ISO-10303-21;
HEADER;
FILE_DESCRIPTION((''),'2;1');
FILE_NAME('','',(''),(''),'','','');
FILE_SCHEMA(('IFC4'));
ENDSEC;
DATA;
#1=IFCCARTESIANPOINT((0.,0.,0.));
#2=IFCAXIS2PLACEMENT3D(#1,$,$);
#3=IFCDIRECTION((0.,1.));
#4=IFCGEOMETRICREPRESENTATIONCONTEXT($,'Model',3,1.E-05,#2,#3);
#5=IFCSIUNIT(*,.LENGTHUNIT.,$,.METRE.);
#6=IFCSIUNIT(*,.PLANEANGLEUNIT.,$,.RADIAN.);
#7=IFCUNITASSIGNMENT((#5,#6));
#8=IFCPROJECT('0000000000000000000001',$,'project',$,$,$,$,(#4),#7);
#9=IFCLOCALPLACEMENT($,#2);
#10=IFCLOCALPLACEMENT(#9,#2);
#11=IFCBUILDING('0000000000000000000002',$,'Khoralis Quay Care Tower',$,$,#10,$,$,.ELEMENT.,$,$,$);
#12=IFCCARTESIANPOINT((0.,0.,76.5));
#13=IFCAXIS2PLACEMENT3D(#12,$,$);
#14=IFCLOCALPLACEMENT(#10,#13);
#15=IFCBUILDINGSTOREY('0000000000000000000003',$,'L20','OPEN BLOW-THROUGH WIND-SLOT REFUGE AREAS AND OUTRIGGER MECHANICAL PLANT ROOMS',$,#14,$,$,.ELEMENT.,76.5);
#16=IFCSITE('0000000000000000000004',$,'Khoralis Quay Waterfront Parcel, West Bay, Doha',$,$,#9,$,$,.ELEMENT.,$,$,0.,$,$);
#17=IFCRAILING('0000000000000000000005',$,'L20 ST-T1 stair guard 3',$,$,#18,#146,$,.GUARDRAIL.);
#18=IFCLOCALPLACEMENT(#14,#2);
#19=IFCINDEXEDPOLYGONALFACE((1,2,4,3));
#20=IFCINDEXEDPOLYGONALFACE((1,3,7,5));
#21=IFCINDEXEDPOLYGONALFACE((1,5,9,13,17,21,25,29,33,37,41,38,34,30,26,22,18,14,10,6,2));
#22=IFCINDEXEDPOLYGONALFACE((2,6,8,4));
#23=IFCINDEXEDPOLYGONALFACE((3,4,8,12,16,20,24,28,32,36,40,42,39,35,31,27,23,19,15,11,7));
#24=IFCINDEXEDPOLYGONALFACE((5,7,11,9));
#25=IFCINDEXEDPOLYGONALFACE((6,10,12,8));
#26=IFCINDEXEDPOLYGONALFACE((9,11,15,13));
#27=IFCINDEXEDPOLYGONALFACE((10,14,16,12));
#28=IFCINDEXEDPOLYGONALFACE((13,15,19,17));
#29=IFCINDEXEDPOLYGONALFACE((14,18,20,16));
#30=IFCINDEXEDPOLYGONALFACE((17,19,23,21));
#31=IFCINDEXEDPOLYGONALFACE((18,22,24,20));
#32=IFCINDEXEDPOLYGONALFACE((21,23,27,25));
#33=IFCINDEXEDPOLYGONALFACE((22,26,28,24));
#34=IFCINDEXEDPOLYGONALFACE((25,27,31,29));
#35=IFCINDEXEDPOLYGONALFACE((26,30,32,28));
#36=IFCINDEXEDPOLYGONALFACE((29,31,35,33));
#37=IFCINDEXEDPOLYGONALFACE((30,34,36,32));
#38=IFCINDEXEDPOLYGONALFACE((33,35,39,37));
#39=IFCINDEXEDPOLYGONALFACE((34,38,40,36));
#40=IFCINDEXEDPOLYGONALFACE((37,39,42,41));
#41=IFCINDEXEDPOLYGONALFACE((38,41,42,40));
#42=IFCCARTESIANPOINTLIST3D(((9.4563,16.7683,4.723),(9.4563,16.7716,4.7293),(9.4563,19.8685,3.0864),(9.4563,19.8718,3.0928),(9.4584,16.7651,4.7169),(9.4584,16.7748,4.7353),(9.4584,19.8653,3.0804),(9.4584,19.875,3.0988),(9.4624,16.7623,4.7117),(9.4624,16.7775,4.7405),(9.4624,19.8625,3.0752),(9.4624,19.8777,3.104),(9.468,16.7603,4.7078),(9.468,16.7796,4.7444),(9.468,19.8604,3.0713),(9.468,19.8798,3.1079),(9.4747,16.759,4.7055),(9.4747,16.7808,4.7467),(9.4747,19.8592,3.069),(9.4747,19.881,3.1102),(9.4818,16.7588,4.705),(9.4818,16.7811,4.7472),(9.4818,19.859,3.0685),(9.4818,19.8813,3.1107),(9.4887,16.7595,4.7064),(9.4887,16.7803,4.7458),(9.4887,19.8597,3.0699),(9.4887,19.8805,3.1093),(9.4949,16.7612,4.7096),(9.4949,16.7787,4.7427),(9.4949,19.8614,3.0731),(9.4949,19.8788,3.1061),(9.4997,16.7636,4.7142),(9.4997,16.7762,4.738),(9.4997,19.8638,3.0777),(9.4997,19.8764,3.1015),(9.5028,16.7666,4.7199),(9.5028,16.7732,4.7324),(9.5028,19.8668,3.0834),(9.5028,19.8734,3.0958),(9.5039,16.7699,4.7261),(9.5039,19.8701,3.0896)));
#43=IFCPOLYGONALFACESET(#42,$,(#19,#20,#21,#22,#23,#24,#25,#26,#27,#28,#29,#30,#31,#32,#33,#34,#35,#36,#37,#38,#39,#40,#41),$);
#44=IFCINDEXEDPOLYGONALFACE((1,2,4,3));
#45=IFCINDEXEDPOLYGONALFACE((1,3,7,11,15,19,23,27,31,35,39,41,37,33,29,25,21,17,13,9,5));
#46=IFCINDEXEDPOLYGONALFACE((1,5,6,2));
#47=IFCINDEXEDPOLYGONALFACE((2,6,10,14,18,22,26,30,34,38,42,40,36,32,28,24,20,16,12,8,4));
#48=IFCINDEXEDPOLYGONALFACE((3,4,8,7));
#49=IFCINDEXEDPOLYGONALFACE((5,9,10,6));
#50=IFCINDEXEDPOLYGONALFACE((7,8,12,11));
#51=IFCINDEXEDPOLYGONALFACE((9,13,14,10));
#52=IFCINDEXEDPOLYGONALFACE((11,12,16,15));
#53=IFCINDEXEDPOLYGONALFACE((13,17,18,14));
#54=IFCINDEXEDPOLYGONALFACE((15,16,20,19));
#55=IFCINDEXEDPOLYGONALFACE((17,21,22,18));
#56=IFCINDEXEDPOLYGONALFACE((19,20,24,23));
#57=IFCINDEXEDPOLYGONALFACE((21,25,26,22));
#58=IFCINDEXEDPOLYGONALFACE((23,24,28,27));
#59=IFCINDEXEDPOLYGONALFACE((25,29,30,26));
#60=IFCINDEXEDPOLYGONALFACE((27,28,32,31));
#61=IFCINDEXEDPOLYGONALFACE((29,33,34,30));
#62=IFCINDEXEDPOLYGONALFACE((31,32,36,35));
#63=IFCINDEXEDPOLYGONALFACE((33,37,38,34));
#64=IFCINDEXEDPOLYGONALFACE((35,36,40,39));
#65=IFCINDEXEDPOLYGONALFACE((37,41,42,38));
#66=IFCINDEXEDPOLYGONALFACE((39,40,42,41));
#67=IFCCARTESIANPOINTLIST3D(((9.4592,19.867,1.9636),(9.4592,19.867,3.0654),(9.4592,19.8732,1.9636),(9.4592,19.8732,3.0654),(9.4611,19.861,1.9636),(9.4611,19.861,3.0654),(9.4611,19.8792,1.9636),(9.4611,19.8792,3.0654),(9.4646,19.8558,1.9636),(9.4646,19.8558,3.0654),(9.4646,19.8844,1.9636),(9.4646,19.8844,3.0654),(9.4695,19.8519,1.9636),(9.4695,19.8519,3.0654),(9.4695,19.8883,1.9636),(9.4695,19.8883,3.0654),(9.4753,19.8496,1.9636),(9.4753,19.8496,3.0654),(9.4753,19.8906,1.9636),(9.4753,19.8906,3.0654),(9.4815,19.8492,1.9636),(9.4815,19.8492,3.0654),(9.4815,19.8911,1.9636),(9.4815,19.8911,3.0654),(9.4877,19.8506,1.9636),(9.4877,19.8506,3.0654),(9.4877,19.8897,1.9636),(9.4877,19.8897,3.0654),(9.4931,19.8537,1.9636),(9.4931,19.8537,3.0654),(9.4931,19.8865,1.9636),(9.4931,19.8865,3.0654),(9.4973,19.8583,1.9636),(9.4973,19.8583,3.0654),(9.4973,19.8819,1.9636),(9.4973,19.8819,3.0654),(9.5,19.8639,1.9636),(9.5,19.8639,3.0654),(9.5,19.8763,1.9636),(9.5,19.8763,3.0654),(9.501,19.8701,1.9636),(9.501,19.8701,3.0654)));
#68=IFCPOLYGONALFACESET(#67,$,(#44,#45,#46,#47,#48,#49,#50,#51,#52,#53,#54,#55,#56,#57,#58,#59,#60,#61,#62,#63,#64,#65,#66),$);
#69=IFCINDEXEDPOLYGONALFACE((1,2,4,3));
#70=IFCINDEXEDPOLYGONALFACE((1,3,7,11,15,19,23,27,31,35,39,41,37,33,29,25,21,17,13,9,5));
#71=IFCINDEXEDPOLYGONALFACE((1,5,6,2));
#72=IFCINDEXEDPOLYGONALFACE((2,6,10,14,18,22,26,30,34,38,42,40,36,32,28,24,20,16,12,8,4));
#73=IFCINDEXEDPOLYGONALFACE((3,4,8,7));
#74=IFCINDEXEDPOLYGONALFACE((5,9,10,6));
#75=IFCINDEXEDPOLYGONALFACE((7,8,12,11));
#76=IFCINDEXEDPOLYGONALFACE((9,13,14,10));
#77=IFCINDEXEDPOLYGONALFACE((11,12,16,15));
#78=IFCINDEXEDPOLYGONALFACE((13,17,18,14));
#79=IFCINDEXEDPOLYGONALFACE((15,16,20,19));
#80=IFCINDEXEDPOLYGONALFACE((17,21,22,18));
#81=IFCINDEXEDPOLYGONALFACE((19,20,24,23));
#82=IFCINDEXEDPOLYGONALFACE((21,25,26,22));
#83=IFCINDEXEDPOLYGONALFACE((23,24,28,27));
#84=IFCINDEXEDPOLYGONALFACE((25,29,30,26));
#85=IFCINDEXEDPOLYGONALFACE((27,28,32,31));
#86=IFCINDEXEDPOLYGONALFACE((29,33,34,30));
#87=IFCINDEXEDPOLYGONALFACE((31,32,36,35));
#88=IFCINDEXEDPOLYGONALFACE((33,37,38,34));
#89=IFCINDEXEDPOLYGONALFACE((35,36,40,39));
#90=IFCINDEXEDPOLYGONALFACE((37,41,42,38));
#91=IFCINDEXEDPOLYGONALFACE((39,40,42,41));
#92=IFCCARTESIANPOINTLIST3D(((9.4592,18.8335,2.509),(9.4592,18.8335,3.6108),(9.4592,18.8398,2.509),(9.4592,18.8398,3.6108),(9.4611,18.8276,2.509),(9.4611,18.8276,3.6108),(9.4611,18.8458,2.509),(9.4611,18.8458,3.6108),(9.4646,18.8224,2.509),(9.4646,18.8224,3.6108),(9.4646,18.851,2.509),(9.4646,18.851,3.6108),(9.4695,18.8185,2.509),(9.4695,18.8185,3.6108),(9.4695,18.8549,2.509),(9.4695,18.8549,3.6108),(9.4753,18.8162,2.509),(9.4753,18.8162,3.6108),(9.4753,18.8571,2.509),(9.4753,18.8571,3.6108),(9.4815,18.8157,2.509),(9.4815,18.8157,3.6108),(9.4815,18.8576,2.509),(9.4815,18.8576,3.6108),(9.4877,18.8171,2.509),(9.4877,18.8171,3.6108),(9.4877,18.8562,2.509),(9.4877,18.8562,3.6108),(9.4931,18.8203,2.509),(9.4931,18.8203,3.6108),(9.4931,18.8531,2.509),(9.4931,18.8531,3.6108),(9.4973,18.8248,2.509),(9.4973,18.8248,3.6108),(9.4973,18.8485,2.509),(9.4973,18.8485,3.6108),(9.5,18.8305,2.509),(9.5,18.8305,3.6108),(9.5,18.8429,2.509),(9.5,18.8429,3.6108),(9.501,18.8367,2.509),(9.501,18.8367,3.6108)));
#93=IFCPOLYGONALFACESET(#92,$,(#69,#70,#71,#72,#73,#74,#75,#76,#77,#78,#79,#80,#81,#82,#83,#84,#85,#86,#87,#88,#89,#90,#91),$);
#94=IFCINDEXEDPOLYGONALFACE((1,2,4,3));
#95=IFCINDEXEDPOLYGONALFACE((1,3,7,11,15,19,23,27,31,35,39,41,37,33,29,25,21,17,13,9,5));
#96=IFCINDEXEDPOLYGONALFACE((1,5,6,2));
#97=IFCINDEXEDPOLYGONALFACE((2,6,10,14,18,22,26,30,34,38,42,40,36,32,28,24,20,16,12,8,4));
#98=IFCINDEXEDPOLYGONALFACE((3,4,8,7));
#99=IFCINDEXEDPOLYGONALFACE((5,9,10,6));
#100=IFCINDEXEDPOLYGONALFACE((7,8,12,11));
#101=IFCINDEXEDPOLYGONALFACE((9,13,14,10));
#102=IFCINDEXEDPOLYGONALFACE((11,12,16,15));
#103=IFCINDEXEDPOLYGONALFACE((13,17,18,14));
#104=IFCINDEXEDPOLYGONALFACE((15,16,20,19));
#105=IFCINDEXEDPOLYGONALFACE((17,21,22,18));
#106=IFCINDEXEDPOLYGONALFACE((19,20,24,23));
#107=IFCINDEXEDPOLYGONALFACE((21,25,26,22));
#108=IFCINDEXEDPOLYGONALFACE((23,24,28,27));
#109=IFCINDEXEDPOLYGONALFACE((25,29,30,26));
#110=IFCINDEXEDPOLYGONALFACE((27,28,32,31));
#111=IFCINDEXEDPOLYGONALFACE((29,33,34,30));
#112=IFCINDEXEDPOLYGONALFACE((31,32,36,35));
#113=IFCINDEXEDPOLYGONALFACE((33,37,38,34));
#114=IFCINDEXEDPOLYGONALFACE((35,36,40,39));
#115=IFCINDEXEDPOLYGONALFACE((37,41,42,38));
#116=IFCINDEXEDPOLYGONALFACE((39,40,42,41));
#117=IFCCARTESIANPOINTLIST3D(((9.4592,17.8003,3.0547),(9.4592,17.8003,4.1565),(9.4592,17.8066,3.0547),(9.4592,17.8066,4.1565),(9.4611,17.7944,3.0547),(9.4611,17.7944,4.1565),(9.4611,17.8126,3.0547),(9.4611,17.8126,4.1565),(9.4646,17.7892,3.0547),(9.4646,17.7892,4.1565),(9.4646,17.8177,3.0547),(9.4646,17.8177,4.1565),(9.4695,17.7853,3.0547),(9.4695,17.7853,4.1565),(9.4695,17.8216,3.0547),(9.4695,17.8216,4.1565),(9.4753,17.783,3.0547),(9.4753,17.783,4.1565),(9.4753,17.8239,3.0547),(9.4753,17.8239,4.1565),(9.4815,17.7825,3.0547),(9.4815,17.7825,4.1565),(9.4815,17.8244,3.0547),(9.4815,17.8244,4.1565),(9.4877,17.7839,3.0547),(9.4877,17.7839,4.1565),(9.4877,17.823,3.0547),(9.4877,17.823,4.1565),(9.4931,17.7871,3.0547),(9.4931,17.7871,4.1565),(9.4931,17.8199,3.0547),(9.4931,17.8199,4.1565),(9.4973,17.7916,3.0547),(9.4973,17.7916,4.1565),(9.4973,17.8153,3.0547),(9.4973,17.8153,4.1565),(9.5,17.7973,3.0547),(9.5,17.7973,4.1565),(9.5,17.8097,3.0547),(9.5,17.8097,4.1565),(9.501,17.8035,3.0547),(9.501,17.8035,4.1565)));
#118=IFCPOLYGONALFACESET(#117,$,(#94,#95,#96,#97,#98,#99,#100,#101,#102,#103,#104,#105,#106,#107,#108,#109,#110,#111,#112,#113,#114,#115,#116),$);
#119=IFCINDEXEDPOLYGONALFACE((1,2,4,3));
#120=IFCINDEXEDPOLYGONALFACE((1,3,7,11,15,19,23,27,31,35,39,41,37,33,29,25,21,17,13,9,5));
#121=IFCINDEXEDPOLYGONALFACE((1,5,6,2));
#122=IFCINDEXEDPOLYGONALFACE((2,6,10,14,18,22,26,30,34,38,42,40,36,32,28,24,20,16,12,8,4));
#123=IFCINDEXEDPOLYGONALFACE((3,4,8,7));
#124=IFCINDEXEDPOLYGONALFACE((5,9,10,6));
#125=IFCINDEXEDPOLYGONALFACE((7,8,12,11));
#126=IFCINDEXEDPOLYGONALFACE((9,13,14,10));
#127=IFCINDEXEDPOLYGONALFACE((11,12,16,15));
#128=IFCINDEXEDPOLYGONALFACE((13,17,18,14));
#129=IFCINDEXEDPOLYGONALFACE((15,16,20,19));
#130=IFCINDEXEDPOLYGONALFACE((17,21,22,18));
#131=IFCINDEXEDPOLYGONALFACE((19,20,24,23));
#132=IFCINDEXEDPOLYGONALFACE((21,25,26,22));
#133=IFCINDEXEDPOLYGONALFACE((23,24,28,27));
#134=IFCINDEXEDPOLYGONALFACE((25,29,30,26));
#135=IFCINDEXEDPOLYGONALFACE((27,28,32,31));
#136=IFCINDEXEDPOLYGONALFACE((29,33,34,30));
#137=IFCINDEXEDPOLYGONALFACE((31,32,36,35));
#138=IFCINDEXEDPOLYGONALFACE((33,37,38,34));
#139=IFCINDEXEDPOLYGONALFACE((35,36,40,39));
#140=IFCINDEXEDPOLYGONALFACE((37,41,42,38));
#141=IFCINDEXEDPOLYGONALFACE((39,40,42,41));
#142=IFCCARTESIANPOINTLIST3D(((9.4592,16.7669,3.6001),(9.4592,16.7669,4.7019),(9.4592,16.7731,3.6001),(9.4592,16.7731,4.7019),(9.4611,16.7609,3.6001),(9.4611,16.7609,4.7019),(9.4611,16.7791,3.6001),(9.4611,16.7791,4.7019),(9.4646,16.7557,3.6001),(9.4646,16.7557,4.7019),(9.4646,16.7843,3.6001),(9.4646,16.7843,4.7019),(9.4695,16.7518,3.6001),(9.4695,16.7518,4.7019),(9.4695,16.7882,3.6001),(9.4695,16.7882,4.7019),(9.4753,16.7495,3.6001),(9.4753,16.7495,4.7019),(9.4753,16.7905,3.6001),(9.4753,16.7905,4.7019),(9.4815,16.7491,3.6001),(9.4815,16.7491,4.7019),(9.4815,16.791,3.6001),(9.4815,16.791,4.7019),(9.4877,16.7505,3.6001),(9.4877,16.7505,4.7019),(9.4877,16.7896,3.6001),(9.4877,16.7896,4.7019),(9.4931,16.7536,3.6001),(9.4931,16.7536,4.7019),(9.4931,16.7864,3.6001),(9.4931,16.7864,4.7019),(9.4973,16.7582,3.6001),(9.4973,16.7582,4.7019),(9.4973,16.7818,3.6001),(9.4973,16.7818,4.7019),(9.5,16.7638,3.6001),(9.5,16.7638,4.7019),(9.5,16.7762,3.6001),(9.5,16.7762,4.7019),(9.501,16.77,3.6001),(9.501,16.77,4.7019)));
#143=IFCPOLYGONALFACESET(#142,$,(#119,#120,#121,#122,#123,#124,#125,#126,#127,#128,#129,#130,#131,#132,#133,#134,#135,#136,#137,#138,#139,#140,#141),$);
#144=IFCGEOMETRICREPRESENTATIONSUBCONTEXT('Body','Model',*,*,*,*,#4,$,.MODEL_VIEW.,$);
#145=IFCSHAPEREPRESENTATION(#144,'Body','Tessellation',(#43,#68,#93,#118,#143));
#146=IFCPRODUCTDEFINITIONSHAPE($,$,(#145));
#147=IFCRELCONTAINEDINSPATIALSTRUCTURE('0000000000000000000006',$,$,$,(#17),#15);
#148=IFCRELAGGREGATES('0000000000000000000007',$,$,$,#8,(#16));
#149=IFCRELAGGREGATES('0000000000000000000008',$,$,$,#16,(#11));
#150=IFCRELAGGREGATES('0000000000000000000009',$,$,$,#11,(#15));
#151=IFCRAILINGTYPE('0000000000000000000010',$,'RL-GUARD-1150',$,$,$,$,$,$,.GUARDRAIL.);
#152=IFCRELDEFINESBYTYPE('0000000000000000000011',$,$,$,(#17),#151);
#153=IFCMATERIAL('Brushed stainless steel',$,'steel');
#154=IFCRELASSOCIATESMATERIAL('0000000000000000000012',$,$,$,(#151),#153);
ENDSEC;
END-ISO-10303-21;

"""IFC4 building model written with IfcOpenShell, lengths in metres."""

from ifc_helpers import new_model, si_unit, direction, frame, origin, origin_2d, place, context, subcontext, project, spatial, circle, extrude, material, type_object, element, save


model = new_model("IFC4")

# Units and contexts
model_context = context("Model", 3, precision=1e-05, world=origin(), true_north=direction((0.0, 1.0)))
body_context = subcontext(model_context, "Body", "Model", "MODEL_VIEW")
ifc_project = project(units=[si_unit("LENGTHUNIT", "METRE"), si_unit("PLANEANGLEUNIT", "RADIAN")], contexts=[model_context])

# Site, building, storey
site_placement = place(None, origin())
site = spatial("IfcSite", under=ifc_project, at=site_placement, Name="Khoralis Quay Waterfront Parcel, West Bay, Doha", CompositionType="ELEMENT", RefElevation=0.0)
building_placement = place(site_placement, origin())
building = spatial("IfcBuilding", under=site, at=building_placement, Name="Khoralis Quay Care Tower", CompositionType="ELEMENT")
storey_placement = place(building_placement, frame((0.0, 0.0, 76.5)))
storey = spatial("IfcBuildingStorey", under=building, at=storey_placement, Name="L20", Description="OPEN BLOW-THROUGH WIND-SLOT REFUGE AREAS AND OUTRIGGER MECHANICAL PLANT ROOMS", CompositionType="ELEMENT", Elevation=76.5)

# Shared definitions
ifc_material_1 = material(Name="Brushed stainless steel", Category="steel")

# Railing
railing_type_1 = type_object("IfcRailingType", Name="RL-GUARD-1150", PredefinedType="GUARDRAIL", material=ifc_material_1)
railing_1_placement = place(storey_placement, frame((9.48, 19.8701, 1.9636)))
element("IfcRailing", 1, at=railing_1_placement, inside=storey, type_object=railing_type_1, Name="L20 ST-T1 stair guard 3", PredefinedType="GUARDRAIL", context=body_context, shape_type="SweptSolid", body=[
    extrude(circle(Radius=0.0239, at=origin_2d()), frame((0.0, 0.0, 1.126), z_axis=(0.0, -0.884348, 0.466828), x_axis=(1.0, 0.0, 0.0)), (0.0, 0.0, 1.0), 3.5056),
    extrude(circle(Radius=0.021, at=origin_2d()), origin(), (0.0, 0.0, 1.0), 1.1018),
    extrude(circle(Radius=0.021, at=origin_2d()), frame((0.0, -1.0334, 0.5454)), (0.0, 0.0, 1.0), 1.1018),
    extrude(circle(Radius=0.021, at=origin_2d()), frame((0.0, -2.0667, 1.0911)), (0.0, 0.0, 1.0), 1.1018),
    extrude(circle(Radius=0.021, at=origin_2d()), frame((0.0, -3.1001, 1.6365)), (0.0, 0.0, 1.0), 1.1018),
])

save(model, "model.ifc")
